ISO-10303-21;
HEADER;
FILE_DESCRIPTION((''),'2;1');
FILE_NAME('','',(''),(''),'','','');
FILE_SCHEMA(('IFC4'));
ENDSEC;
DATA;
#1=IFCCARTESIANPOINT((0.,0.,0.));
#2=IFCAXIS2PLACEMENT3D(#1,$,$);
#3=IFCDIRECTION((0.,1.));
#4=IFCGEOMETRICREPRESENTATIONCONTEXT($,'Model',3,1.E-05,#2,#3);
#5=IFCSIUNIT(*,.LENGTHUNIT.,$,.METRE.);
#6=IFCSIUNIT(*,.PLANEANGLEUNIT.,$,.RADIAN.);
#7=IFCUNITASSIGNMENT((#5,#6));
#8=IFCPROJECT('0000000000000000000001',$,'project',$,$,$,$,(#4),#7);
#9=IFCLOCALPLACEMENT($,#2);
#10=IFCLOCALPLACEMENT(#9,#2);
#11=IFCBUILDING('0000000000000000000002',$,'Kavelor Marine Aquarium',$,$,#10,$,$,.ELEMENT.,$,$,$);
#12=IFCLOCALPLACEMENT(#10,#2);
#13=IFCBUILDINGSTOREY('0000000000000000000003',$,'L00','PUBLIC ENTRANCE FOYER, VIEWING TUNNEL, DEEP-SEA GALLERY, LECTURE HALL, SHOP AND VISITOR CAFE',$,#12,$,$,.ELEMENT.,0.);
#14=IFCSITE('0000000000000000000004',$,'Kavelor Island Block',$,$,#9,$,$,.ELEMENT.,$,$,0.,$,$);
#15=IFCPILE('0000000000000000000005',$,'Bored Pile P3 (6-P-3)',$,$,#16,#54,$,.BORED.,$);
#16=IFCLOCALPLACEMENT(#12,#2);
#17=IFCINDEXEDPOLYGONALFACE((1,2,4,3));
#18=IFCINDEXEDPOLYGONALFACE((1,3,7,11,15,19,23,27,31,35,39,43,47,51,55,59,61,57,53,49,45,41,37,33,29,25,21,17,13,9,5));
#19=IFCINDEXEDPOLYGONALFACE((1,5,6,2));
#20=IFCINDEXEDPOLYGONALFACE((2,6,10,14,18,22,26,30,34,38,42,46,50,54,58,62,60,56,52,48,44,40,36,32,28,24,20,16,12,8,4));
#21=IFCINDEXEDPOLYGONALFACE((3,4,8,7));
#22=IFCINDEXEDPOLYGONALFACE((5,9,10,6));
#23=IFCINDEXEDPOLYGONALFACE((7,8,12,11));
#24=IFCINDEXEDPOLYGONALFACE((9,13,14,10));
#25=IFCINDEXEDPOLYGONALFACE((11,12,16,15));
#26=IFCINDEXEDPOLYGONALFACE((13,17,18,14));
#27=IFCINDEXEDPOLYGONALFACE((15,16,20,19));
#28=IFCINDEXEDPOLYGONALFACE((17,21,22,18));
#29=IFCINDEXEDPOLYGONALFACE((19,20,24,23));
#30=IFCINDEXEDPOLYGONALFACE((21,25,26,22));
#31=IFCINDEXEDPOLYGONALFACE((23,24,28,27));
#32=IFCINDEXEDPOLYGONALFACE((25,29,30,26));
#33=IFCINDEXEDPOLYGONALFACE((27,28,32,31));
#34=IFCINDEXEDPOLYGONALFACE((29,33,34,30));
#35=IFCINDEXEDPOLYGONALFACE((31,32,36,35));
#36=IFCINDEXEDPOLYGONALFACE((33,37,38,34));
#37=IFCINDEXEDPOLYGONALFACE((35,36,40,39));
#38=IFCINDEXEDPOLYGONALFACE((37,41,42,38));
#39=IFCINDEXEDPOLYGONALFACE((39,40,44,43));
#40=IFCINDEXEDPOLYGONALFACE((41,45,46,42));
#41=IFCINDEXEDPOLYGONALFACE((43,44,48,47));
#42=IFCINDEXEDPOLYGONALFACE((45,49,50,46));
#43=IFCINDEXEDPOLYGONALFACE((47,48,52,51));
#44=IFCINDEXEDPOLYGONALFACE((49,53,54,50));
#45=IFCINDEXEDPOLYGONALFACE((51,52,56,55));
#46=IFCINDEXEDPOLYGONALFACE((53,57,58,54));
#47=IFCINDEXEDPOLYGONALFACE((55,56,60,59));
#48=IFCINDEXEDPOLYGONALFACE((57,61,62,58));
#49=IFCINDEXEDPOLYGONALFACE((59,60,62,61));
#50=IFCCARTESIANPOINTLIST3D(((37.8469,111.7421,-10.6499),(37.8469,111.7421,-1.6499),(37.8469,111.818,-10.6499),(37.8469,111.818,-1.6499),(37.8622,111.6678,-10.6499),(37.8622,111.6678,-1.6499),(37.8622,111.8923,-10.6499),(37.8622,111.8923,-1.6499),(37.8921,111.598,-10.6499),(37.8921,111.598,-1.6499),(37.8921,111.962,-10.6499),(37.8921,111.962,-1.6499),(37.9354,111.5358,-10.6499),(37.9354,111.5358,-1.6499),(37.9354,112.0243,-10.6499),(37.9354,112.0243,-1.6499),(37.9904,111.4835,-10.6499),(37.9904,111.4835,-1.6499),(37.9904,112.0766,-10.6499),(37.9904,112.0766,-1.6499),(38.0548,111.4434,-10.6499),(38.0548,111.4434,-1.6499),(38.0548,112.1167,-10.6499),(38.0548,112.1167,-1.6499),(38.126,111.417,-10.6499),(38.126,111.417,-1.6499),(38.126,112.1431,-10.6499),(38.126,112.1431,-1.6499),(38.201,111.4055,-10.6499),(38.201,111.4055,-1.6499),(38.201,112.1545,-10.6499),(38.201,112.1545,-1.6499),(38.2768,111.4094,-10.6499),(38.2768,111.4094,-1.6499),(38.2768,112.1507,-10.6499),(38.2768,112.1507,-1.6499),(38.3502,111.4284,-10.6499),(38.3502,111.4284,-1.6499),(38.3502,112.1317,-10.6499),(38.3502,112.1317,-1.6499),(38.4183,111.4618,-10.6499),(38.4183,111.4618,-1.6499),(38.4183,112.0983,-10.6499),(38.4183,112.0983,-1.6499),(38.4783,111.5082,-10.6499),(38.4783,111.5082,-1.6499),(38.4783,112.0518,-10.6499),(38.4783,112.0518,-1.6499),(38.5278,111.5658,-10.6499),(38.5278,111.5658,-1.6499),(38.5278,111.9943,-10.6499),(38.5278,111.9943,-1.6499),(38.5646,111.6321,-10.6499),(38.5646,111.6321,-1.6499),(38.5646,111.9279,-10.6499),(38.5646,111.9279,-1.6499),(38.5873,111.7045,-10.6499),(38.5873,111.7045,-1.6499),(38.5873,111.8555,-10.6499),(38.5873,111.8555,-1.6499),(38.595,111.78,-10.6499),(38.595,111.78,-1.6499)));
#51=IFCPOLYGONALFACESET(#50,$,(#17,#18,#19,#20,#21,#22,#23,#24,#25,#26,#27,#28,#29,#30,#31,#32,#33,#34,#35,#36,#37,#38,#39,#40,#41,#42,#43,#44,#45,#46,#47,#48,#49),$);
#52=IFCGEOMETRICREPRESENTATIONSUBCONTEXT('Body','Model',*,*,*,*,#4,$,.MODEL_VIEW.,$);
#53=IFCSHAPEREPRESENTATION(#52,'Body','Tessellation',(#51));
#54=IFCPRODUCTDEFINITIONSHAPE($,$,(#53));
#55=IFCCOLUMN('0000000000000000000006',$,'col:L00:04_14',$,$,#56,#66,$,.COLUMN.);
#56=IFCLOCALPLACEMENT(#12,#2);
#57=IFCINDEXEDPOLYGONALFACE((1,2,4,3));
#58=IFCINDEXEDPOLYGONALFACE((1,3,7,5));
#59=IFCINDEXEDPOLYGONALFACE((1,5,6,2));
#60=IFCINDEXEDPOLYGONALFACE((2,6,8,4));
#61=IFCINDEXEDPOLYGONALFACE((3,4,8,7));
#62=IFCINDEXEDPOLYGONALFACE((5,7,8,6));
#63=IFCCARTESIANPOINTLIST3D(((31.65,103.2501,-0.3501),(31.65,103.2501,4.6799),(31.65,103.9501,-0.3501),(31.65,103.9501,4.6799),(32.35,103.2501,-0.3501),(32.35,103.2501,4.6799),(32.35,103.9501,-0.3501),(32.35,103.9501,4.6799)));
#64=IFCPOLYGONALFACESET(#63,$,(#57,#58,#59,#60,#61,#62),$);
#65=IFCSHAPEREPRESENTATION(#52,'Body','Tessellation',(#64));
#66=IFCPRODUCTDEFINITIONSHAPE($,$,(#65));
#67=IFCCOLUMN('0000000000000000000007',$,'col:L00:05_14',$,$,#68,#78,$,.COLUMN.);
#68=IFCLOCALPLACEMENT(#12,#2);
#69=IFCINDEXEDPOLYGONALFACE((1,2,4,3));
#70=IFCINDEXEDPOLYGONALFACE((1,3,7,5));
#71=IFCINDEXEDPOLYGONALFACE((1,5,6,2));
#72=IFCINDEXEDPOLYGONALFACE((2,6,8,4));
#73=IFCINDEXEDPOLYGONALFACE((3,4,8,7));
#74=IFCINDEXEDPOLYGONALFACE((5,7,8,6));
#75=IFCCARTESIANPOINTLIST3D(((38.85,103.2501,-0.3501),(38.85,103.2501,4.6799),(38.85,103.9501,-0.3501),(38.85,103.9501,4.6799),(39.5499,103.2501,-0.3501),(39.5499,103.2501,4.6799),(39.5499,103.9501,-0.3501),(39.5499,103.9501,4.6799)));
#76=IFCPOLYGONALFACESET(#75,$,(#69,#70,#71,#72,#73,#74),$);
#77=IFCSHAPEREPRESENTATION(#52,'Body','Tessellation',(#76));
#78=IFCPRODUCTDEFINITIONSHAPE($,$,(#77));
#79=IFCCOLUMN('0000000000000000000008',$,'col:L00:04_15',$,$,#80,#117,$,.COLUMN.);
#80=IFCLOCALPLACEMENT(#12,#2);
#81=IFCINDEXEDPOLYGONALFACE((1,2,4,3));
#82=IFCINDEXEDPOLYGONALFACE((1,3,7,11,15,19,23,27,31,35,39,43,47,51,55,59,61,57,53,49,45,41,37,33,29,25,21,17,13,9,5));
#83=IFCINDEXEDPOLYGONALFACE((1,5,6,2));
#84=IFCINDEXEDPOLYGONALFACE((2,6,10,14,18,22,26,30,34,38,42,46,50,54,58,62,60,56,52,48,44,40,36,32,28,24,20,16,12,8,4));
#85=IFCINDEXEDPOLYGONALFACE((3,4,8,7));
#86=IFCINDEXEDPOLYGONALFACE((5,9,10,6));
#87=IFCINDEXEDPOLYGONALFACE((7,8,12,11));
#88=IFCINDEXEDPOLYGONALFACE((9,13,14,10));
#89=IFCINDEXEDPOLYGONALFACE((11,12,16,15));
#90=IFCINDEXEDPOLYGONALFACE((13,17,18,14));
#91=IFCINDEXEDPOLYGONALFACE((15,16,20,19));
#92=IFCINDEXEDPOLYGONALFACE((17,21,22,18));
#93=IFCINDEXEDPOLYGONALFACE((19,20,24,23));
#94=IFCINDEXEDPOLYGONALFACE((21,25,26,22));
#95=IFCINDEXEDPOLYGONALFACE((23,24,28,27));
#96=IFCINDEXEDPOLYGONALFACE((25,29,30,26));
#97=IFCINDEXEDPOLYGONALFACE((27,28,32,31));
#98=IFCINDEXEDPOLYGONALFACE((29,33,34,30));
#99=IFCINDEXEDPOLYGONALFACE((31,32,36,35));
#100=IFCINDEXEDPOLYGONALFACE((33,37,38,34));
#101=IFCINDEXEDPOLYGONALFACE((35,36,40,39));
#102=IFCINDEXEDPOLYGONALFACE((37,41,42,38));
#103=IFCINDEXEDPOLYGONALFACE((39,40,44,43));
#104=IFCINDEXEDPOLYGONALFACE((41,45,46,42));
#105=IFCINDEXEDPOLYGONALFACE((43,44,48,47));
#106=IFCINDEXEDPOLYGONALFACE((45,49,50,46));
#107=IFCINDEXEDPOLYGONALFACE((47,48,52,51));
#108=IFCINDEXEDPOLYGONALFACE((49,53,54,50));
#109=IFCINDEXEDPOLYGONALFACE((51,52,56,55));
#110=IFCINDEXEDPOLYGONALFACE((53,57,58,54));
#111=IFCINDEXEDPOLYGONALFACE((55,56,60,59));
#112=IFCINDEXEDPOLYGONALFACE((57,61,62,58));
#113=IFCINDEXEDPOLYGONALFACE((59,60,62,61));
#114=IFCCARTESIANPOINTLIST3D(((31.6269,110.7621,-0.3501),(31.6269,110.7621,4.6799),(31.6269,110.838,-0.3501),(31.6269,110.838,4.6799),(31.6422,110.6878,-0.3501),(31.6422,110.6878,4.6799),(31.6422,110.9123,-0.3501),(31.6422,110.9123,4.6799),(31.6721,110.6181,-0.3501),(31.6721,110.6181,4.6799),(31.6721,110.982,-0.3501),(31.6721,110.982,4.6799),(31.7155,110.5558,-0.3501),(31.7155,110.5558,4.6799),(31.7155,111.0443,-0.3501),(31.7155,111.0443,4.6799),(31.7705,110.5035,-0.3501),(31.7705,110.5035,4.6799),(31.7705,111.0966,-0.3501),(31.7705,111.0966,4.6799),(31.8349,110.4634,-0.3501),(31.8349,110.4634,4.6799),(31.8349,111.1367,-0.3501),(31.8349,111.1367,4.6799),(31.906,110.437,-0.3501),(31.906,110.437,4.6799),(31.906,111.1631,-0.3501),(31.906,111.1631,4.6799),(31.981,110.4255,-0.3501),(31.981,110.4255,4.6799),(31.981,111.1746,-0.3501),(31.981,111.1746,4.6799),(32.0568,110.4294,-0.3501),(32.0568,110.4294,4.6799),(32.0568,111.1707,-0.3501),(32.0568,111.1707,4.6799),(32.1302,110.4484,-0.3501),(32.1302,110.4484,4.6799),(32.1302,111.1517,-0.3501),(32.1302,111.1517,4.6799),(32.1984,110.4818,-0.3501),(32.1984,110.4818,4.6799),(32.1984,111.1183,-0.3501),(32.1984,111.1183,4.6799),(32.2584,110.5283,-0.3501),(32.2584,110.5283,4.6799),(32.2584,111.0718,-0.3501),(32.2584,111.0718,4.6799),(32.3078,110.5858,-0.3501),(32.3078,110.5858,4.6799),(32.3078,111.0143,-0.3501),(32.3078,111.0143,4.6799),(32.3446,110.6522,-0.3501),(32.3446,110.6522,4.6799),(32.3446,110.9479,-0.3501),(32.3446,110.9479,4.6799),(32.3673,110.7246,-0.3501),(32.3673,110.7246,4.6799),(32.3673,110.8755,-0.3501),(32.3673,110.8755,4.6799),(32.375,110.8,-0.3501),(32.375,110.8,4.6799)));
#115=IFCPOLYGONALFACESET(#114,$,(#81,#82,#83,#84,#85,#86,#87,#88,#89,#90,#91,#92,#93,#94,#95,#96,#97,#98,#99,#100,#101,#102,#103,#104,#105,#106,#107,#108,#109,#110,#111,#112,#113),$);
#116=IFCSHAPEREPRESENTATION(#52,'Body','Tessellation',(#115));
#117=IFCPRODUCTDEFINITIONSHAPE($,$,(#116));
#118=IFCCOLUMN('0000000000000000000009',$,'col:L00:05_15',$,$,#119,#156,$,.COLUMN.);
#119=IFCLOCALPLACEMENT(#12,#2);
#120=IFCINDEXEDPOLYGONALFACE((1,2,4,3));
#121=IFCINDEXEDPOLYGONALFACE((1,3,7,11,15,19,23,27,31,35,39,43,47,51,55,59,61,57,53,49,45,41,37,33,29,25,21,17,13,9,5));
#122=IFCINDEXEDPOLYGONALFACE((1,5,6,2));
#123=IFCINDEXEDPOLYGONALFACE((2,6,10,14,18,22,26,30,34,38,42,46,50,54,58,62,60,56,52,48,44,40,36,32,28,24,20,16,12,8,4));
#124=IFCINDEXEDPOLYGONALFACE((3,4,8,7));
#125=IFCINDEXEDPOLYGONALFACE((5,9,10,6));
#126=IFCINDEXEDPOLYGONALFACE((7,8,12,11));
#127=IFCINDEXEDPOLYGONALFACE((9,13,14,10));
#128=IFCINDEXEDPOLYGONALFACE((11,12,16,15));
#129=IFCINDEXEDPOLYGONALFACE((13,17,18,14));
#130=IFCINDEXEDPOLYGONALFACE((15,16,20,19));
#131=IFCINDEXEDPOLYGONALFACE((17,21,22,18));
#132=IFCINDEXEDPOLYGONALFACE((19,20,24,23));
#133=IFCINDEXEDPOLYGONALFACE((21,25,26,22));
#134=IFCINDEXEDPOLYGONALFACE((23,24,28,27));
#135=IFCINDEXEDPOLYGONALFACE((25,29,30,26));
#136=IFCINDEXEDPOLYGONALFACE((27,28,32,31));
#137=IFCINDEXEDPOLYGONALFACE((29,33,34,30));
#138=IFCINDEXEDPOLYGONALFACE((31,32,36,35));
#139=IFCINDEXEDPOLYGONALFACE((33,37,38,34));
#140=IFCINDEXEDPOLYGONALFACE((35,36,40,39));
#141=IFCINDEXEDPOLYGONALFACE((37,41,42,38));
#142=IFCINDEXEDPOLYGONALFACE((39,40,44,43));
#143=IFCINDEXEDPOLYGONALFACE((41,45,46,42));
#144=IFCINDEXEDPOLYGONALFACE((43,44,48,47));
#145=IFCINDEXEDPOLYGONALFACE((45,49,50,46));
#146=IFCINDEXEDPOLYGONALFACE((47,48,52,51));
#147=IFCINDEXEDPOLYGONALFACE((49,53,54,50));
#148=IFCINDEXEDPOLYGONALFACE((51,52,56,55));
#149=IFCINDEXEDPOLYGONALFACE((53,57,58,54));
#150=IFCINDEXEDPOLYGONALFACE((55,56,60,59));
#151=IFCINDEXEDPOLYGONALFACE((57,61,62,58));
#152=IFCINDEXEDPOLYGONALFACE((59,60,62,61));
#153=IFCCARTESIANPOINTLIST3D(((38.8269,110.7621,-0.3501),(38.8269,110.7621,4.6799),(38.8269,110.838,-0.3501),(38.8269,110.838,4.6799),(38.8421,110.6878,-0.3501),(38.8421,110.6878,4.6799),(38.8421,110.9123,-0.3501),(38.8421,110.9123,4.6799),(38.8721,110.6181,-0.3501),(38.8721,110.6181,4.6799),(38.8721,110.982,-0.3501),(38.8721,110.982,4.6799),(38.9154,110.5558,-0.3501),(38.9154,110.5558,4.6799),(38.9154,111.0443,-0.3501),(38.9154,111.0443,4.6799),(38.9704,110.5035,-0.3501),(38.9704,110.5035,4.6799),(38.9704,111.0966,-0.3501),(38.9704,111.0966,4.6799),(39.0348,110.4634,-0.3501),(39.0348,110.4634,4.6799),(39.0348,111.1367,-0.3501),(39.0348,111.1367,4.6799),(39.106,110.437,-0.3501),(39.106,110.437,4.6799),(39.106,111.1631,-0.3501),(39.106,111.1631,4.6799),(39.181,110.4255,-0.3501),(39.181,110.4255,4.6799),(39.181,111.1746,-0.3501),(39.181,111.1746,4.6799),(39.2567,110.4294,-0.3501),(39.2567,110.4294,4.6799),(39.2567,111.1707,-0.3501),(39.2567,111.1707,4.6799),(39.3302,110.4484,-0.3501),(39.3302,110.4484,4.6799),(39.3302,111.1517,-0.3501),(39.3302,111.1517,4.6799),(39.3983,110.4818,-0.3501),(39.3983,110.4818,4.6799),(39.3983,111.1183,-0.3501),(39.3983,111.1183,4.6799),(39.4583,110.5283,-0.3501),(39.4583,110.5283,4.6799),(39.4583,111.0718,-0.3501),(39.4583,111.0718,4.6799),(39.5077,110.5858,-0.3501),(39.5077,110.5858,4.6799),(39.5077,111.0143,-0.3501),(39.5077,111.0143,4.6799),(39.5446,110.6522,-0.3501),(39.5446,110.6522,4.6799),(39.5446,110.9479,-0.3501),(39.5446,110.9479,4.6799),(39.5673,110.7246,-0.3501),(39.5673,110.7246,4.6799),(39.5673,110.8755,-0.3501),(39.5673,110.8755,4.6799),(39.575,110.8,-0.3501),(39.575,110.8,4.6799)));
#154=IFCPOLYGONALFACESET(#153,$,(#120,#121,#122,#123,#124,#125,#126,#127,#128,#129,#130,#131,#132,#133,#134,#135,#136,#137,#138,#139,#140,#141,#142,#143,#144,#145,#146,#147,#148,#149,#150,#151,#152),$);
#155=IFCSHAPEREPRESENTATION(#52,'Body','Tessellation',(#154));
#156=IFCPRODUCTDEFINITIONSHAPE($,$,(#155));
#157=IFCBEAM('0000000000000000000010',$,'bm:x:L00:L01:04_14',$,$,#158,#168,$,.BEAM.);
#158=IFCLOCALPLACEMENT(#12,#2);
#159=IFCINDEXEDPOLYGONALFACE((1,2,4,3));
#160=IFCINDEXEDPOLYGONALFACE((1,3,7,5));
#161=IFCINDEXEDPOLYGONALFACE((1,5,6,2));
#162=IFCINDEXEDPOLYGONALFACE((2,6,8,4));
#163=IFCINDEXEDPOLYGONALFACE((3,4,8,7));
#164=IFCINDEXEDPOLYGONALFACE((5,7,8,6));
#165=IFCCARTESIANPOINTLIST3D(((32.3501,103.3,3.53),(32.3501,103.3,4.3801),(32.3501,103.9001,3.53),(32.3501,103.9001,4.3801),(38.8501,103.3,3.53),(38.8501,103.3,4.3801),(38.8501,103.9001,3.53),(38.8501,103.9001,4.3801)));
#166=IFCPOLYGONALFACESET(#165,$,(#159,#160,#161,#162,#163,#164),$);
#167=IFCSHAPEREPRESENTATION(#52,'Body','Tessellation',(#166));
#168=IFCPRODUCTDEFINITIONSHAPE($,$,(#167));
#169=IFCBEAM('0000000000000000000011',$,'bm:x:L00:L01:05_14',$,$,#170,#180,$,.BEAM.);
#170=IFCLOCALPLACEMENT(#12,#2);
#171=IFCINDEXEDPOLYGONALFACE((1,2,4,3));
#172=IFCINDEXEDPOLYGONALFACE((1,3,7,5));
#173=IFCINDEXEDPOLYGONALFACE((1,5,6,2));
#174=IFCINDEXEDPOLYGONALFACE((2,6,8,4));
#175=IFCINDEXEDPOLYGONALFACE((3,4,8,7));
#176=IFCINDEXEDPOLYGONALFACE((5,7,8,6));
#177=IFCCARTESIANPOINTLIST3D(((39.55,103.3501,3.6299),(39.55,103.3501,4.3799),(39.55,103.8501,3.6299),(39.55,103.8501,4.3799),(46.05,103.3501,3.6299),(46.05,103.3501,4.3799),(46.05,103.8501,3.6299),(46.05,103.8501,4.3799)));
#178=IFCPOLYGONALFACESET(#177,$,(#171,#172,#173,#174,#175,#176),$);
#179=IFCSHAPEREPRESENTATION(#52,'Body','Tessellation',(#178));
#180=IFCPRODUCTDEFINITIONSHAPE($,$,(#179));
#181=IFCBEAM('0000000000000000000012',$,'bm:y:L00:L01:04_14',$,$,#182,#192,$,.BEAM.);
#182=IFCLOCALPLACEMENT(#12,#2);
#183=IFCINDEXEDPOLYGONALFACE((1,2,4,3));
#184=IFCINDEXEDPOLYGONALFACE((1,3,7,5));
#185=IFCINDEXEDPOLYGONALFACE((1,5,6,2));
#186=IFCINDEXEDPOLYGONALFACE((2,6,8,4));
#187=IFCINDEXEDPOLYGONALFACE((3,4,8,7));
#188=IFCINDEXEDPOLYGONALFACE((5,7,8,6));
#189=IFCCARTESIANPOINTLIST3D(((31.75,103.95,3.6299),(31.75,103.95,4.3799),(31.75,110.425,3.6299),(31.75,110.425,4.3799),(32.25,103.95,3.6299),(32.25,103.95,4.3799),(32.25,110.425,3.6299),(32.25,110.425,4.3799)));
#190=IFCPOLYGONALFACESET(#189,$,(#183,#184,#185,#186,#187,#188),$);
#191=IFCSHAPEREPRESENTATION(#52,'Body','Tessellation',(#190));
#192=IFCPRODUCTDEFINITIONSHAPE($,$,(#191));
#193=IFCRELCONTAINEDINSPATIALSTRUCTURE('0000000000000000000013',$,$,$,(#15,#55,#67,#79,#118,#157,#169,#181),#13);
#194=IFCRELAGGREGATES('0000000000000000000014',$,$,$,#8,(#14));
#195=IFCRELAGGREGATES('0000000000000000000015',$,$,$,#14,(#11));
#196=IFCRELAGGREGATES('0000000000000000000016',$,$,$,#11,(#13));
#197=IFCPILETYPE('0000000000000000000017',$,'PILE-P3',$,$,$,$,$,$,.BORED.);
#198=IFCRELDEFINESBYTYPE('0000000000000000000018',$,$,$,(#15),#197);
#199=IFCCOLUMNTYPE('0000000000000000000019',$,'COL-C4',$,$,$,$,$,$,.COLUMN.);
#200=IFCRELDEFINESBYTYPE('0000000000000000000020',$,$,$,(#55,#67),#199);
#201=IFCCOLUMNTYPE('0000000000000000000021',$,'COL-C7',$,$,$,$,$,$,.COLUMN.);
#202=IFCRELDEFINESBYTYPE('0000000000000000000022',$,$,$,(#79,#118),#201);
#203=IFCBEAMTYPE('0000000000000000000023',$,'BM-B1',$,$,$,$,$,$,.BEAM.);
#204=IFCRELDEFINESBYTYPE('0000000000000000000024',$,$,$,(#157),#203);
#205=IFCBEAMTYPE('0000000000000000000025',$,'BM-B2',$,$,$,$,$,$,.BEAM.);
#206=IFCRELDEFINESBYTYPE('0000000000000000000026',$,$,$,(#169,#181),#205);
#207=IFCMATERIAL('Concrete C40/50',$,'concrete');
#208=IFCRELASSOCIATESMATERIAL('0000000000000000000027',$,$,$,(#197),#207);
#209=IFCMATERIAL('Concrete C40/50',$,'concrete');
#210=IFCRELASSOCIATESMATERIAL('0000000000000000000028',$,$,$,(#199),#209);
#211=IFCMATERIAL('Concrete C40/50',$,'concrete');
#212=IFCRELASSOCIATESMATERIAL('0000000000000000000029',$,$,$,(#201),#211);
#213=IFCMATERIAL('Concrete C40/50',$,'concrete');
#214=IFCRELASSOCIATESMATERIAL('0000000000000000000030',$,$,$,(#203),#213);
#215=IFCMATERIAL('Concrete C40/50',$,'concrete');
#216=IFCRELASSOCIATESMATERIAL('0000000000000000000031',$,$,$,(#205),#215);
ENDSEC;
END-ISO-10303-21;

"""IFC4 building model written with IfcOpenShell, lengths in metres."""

from ifc_helpers import new_model, si_unit, direction, frame, origin, origin_2d, place, context, subcontext, project, spatial, rectangle, circle, extrude, material, material_profile, profile_set, type_object, element, save


model = new_model("IFC4")

# Units and contexts
model_context = context("Model", 3, precision=1e-05, world=origin(), true_north=direction((0.0, 1.0)))
body_context = subcontext(model_context, "Body", "Model", "MODEL_VIEW")
ifc_project = project(units=[si_unit("LENGTHUNIT", "METRE"), si_unit("PLANEANGLEUNIT", "RADIAN")], contexts=[model_context])

# Site, building, storey
site_placement = place(None, origin())
site = spatial("IfcSite", under=ifc_project, at=site_placement, Name="Kavelor Island Block", CompositionType="ELEMENT", RefElevation=0.0)
building_placement = place(site_placement, origin())
building = spatial("IfcBuilding", under=site, at=building_placement, Name="Kavelor Marine Aquarium", CompositionType="ELEMENT")
storey_placement = place(building_placement, origin())
storey = spatial("IfcBuildingStorey", under=building, at=storey_placement, Name="L00", Description="PUBLIC ENTRANCE FOYER, VIEWING TUNNEL, DEEP-SEA GALLERY, LECTURE HALL, SHOP AND VISITOR CAFE", CompositionType="ELEMENT", Elevation=0.0)

# Pile
ifc_material_1 = material(Name="Concrete C40/50", Category="concrete")
ifc_material_profile_1 = material_profile(ifc_material_1, circle(Radius=0.375, at=origin_2d()), Name="PILE D750")
ifc_profile_set_1 = profile_set([ifc_material_profile_1], Name="Concrete C40/50")
pile_type_1 = type_object("IfcPileType", Name="PILE-P3", PredefinedType="BORED", material=ifc_profile_set_1)
for number, where, z_axis, x_axis, name in (
    (1, (38.22, 111.78, -1.6499), (0.0, 0.0, -1.0), (1.0, 0.0, 0.0), "Bored Pile P3 (6-P-3)"),
):
    element("IfcPile", number, at=place(storey_placement, frame(where, z_axis=z_axis, x_axis=x_axis)), inside=storey, type_object=pile_type_1, Name=name, PredefinedType="BORED", context=body_context, shape_type="SweptSolid", body=[
        extrude(circle(Radius=0.375, at=origin_2d()), origin(), (0.0, 0.0, 1.0), 9.0),
    ])

# Columns
ifc_material_2 = material(Name="Concrete C40/50", Category="concrete")
ifc_material_profile_2 = material_profile(ifc_material_2, rectangle(XDim=0.7, YDim=0.7, at=origin_2d()), Name="RC-COL 700x700")
ifc_profile_set_2 = profile_set([ifc_material_profile_2], Name="Concrete C40/50")
column_type_1 = type_object("IfcColumnType", Name="COL-C4", PredefinedType="COLUMN", material=ifc_profile_set_2)
for number, where, z_axis, x_axis, name in (
    (2, (32.0, 103.6001, -0.3501), (0.0, 0.0, 1.0), (1.0, 0.0, 0.0), "col:L00:04_14"),
    (3, (39.2, 103.6001, -0.3501), (0.0, 0.0, 1.0), (1.0, 0.0, 0.0), "col:L00:05_14"),
):
    element("IfcColumn", number, at=place(storey_placement, frame(where, z_axis=z_axis, x_axis=x_axis)), inside=storey, type_object=column_type_1, Name=name, PredefinedType="COLUMN", context=body_context, shape_type="SweptSolid", body=[
        extrude(rectangle(XDim=0.7, YDim=0.7, at=origin_2d()), origin(), (0.0, 0.0, 1.0), 5.03),
    ])
ifc_material_3 = material(Name="Concrete C40/50", Category="concrete")
ifc_material_profile_3 = material_profile(ifc_material_3, circle(Radius=0.375, at=origin_2d()), Name="RC-COL D750")
ifc_profile_set_3 = profile_set([ifc_material_profile_3], Name="Concrete C40/50")
column_type_2 = type_object("IfcColumnType", Name="COL-C7", PredefinedType="COLUMN", material=ifc_profile_set_3)
for number, where, z_axis, x_axis, name in (
    (4, (32.0, 110.8, -0.3501), (0.0, 0.0, 1.0), (1.0, 0.0, 0.0), "col:L00:04_15"),
    (5, (39.2, 110.8, -0.3501), (0.0, 0.0, 1.0), (1.0, 0.0, 0.0), "col:L00:05_15"),
):
    element("IfcColumn", number, at=place(storey_placement, frame(where, z_axis=z_axis, x_axis=x_axis)), inside=storey, type_object=column_type_2, Name=name, PredefinedType="COLUMN", context=body_context, shape_type="SweptSolid", body=[
        extrude(circle(Radius=0.375, at=origin_2d()), origin(), (0.0, 0.0, 1.0), 5.03),
    ])

# Beams
ifc_material_4 = material(Name="Concrete C40/50", Category="concrete")
ifc_material_profile_4 = material_profile(ifc_material_4, rectangle(XDim=0.6001, YDim=0.8501, at=origin_2d()), Name="RC-BM 600x850")
ifc_profile_set_4 = profile_set([ifc_material_profile_4], Name="Concrete C40/50")
beam_type_1 = type_object("IfcBeamType", Name="BM-B1", PredefinedType="BEAM", material=ifc_profile_set_4)
beam_1_placement = place(storey_placement, frame((32.3501, 103.6001, 3.9551), z_axis=(1.0, 0.0, 0.0), x_axis=(0.0, 1.0, 0.0)))
element("IfcBeam", 6, at=beam_1_placement, inside=storey, type_object=beam_type_1, Name="bm:x:L00:L01:04_14", PredefinedType="BEAM", context=body_context, shape_type="SweptSolid", body=[
    extrude(rectangle(XDim=0.6001, YDim=0.8501, at=origin_2d()), origin(), (0.0, 0.0, 1.0), 6.5),
])
ifc_material_5 = material(Name="Concrete C40/50", Category="concrete")
ifc_material_profile_5 = material_profile(ifc_material_5, rectangle(XDim=0.5, YDim=0.75, at=origin_2d()), Name="RC-BM 500x750")
ifc_profile_set_5 = profile_set([ifc_material_profile_5], Name="Concrete C40/50")
beam_type_2 = type_object("IfcBeamType", Name="BM-B2", PredefinedType="BEAM", material=ifc_profile_set_5)
beam_2_placement = place(storey_placement, frame((39.55, 103.6001, 4.0049), z_axis=(1.0, 0.0, 0.0), x_axis=(0.0, 1.0, 0.0)))
element("IfcBeam", 7, at=beam_2_placement, inside=storey, type_object=beam_type_2, Name="bm:x:L00:L01:05_14", PredefinedType="BEAM", context=body_context, shape_type="SweptSolid", body=[
    extrude(rectangle(XDim=0.5, YDim=0.75, at=origin_2d()), origin(), (0.0, 0.0, 1.0), 6.5),
])
for number, where, z_axis, x_axis, name in (
    (8, (32.0, 103.95, 4.0049), (0.0, 1.0, 0.0), (-1.0, 0.0, 0.0), "bm:y:L00:L01:04_14"),
):
    element("IfcBeam", number, at=place(storey_placement, frame(where, z_axis=z_axis, x_axis=x_axis)), inside=storey, type_object=beam_type_2, Name=name, PredefinedType="BEAM", context=body_context, shape_type="SweptSolid", body=[
        extrude(rectangle(XDim=0.5, YDim=0.75, at=origin_2d()), origin(), (0.0, 0.0, 1.0), 6.4751),
    ])

save(model, "model.ifc")
